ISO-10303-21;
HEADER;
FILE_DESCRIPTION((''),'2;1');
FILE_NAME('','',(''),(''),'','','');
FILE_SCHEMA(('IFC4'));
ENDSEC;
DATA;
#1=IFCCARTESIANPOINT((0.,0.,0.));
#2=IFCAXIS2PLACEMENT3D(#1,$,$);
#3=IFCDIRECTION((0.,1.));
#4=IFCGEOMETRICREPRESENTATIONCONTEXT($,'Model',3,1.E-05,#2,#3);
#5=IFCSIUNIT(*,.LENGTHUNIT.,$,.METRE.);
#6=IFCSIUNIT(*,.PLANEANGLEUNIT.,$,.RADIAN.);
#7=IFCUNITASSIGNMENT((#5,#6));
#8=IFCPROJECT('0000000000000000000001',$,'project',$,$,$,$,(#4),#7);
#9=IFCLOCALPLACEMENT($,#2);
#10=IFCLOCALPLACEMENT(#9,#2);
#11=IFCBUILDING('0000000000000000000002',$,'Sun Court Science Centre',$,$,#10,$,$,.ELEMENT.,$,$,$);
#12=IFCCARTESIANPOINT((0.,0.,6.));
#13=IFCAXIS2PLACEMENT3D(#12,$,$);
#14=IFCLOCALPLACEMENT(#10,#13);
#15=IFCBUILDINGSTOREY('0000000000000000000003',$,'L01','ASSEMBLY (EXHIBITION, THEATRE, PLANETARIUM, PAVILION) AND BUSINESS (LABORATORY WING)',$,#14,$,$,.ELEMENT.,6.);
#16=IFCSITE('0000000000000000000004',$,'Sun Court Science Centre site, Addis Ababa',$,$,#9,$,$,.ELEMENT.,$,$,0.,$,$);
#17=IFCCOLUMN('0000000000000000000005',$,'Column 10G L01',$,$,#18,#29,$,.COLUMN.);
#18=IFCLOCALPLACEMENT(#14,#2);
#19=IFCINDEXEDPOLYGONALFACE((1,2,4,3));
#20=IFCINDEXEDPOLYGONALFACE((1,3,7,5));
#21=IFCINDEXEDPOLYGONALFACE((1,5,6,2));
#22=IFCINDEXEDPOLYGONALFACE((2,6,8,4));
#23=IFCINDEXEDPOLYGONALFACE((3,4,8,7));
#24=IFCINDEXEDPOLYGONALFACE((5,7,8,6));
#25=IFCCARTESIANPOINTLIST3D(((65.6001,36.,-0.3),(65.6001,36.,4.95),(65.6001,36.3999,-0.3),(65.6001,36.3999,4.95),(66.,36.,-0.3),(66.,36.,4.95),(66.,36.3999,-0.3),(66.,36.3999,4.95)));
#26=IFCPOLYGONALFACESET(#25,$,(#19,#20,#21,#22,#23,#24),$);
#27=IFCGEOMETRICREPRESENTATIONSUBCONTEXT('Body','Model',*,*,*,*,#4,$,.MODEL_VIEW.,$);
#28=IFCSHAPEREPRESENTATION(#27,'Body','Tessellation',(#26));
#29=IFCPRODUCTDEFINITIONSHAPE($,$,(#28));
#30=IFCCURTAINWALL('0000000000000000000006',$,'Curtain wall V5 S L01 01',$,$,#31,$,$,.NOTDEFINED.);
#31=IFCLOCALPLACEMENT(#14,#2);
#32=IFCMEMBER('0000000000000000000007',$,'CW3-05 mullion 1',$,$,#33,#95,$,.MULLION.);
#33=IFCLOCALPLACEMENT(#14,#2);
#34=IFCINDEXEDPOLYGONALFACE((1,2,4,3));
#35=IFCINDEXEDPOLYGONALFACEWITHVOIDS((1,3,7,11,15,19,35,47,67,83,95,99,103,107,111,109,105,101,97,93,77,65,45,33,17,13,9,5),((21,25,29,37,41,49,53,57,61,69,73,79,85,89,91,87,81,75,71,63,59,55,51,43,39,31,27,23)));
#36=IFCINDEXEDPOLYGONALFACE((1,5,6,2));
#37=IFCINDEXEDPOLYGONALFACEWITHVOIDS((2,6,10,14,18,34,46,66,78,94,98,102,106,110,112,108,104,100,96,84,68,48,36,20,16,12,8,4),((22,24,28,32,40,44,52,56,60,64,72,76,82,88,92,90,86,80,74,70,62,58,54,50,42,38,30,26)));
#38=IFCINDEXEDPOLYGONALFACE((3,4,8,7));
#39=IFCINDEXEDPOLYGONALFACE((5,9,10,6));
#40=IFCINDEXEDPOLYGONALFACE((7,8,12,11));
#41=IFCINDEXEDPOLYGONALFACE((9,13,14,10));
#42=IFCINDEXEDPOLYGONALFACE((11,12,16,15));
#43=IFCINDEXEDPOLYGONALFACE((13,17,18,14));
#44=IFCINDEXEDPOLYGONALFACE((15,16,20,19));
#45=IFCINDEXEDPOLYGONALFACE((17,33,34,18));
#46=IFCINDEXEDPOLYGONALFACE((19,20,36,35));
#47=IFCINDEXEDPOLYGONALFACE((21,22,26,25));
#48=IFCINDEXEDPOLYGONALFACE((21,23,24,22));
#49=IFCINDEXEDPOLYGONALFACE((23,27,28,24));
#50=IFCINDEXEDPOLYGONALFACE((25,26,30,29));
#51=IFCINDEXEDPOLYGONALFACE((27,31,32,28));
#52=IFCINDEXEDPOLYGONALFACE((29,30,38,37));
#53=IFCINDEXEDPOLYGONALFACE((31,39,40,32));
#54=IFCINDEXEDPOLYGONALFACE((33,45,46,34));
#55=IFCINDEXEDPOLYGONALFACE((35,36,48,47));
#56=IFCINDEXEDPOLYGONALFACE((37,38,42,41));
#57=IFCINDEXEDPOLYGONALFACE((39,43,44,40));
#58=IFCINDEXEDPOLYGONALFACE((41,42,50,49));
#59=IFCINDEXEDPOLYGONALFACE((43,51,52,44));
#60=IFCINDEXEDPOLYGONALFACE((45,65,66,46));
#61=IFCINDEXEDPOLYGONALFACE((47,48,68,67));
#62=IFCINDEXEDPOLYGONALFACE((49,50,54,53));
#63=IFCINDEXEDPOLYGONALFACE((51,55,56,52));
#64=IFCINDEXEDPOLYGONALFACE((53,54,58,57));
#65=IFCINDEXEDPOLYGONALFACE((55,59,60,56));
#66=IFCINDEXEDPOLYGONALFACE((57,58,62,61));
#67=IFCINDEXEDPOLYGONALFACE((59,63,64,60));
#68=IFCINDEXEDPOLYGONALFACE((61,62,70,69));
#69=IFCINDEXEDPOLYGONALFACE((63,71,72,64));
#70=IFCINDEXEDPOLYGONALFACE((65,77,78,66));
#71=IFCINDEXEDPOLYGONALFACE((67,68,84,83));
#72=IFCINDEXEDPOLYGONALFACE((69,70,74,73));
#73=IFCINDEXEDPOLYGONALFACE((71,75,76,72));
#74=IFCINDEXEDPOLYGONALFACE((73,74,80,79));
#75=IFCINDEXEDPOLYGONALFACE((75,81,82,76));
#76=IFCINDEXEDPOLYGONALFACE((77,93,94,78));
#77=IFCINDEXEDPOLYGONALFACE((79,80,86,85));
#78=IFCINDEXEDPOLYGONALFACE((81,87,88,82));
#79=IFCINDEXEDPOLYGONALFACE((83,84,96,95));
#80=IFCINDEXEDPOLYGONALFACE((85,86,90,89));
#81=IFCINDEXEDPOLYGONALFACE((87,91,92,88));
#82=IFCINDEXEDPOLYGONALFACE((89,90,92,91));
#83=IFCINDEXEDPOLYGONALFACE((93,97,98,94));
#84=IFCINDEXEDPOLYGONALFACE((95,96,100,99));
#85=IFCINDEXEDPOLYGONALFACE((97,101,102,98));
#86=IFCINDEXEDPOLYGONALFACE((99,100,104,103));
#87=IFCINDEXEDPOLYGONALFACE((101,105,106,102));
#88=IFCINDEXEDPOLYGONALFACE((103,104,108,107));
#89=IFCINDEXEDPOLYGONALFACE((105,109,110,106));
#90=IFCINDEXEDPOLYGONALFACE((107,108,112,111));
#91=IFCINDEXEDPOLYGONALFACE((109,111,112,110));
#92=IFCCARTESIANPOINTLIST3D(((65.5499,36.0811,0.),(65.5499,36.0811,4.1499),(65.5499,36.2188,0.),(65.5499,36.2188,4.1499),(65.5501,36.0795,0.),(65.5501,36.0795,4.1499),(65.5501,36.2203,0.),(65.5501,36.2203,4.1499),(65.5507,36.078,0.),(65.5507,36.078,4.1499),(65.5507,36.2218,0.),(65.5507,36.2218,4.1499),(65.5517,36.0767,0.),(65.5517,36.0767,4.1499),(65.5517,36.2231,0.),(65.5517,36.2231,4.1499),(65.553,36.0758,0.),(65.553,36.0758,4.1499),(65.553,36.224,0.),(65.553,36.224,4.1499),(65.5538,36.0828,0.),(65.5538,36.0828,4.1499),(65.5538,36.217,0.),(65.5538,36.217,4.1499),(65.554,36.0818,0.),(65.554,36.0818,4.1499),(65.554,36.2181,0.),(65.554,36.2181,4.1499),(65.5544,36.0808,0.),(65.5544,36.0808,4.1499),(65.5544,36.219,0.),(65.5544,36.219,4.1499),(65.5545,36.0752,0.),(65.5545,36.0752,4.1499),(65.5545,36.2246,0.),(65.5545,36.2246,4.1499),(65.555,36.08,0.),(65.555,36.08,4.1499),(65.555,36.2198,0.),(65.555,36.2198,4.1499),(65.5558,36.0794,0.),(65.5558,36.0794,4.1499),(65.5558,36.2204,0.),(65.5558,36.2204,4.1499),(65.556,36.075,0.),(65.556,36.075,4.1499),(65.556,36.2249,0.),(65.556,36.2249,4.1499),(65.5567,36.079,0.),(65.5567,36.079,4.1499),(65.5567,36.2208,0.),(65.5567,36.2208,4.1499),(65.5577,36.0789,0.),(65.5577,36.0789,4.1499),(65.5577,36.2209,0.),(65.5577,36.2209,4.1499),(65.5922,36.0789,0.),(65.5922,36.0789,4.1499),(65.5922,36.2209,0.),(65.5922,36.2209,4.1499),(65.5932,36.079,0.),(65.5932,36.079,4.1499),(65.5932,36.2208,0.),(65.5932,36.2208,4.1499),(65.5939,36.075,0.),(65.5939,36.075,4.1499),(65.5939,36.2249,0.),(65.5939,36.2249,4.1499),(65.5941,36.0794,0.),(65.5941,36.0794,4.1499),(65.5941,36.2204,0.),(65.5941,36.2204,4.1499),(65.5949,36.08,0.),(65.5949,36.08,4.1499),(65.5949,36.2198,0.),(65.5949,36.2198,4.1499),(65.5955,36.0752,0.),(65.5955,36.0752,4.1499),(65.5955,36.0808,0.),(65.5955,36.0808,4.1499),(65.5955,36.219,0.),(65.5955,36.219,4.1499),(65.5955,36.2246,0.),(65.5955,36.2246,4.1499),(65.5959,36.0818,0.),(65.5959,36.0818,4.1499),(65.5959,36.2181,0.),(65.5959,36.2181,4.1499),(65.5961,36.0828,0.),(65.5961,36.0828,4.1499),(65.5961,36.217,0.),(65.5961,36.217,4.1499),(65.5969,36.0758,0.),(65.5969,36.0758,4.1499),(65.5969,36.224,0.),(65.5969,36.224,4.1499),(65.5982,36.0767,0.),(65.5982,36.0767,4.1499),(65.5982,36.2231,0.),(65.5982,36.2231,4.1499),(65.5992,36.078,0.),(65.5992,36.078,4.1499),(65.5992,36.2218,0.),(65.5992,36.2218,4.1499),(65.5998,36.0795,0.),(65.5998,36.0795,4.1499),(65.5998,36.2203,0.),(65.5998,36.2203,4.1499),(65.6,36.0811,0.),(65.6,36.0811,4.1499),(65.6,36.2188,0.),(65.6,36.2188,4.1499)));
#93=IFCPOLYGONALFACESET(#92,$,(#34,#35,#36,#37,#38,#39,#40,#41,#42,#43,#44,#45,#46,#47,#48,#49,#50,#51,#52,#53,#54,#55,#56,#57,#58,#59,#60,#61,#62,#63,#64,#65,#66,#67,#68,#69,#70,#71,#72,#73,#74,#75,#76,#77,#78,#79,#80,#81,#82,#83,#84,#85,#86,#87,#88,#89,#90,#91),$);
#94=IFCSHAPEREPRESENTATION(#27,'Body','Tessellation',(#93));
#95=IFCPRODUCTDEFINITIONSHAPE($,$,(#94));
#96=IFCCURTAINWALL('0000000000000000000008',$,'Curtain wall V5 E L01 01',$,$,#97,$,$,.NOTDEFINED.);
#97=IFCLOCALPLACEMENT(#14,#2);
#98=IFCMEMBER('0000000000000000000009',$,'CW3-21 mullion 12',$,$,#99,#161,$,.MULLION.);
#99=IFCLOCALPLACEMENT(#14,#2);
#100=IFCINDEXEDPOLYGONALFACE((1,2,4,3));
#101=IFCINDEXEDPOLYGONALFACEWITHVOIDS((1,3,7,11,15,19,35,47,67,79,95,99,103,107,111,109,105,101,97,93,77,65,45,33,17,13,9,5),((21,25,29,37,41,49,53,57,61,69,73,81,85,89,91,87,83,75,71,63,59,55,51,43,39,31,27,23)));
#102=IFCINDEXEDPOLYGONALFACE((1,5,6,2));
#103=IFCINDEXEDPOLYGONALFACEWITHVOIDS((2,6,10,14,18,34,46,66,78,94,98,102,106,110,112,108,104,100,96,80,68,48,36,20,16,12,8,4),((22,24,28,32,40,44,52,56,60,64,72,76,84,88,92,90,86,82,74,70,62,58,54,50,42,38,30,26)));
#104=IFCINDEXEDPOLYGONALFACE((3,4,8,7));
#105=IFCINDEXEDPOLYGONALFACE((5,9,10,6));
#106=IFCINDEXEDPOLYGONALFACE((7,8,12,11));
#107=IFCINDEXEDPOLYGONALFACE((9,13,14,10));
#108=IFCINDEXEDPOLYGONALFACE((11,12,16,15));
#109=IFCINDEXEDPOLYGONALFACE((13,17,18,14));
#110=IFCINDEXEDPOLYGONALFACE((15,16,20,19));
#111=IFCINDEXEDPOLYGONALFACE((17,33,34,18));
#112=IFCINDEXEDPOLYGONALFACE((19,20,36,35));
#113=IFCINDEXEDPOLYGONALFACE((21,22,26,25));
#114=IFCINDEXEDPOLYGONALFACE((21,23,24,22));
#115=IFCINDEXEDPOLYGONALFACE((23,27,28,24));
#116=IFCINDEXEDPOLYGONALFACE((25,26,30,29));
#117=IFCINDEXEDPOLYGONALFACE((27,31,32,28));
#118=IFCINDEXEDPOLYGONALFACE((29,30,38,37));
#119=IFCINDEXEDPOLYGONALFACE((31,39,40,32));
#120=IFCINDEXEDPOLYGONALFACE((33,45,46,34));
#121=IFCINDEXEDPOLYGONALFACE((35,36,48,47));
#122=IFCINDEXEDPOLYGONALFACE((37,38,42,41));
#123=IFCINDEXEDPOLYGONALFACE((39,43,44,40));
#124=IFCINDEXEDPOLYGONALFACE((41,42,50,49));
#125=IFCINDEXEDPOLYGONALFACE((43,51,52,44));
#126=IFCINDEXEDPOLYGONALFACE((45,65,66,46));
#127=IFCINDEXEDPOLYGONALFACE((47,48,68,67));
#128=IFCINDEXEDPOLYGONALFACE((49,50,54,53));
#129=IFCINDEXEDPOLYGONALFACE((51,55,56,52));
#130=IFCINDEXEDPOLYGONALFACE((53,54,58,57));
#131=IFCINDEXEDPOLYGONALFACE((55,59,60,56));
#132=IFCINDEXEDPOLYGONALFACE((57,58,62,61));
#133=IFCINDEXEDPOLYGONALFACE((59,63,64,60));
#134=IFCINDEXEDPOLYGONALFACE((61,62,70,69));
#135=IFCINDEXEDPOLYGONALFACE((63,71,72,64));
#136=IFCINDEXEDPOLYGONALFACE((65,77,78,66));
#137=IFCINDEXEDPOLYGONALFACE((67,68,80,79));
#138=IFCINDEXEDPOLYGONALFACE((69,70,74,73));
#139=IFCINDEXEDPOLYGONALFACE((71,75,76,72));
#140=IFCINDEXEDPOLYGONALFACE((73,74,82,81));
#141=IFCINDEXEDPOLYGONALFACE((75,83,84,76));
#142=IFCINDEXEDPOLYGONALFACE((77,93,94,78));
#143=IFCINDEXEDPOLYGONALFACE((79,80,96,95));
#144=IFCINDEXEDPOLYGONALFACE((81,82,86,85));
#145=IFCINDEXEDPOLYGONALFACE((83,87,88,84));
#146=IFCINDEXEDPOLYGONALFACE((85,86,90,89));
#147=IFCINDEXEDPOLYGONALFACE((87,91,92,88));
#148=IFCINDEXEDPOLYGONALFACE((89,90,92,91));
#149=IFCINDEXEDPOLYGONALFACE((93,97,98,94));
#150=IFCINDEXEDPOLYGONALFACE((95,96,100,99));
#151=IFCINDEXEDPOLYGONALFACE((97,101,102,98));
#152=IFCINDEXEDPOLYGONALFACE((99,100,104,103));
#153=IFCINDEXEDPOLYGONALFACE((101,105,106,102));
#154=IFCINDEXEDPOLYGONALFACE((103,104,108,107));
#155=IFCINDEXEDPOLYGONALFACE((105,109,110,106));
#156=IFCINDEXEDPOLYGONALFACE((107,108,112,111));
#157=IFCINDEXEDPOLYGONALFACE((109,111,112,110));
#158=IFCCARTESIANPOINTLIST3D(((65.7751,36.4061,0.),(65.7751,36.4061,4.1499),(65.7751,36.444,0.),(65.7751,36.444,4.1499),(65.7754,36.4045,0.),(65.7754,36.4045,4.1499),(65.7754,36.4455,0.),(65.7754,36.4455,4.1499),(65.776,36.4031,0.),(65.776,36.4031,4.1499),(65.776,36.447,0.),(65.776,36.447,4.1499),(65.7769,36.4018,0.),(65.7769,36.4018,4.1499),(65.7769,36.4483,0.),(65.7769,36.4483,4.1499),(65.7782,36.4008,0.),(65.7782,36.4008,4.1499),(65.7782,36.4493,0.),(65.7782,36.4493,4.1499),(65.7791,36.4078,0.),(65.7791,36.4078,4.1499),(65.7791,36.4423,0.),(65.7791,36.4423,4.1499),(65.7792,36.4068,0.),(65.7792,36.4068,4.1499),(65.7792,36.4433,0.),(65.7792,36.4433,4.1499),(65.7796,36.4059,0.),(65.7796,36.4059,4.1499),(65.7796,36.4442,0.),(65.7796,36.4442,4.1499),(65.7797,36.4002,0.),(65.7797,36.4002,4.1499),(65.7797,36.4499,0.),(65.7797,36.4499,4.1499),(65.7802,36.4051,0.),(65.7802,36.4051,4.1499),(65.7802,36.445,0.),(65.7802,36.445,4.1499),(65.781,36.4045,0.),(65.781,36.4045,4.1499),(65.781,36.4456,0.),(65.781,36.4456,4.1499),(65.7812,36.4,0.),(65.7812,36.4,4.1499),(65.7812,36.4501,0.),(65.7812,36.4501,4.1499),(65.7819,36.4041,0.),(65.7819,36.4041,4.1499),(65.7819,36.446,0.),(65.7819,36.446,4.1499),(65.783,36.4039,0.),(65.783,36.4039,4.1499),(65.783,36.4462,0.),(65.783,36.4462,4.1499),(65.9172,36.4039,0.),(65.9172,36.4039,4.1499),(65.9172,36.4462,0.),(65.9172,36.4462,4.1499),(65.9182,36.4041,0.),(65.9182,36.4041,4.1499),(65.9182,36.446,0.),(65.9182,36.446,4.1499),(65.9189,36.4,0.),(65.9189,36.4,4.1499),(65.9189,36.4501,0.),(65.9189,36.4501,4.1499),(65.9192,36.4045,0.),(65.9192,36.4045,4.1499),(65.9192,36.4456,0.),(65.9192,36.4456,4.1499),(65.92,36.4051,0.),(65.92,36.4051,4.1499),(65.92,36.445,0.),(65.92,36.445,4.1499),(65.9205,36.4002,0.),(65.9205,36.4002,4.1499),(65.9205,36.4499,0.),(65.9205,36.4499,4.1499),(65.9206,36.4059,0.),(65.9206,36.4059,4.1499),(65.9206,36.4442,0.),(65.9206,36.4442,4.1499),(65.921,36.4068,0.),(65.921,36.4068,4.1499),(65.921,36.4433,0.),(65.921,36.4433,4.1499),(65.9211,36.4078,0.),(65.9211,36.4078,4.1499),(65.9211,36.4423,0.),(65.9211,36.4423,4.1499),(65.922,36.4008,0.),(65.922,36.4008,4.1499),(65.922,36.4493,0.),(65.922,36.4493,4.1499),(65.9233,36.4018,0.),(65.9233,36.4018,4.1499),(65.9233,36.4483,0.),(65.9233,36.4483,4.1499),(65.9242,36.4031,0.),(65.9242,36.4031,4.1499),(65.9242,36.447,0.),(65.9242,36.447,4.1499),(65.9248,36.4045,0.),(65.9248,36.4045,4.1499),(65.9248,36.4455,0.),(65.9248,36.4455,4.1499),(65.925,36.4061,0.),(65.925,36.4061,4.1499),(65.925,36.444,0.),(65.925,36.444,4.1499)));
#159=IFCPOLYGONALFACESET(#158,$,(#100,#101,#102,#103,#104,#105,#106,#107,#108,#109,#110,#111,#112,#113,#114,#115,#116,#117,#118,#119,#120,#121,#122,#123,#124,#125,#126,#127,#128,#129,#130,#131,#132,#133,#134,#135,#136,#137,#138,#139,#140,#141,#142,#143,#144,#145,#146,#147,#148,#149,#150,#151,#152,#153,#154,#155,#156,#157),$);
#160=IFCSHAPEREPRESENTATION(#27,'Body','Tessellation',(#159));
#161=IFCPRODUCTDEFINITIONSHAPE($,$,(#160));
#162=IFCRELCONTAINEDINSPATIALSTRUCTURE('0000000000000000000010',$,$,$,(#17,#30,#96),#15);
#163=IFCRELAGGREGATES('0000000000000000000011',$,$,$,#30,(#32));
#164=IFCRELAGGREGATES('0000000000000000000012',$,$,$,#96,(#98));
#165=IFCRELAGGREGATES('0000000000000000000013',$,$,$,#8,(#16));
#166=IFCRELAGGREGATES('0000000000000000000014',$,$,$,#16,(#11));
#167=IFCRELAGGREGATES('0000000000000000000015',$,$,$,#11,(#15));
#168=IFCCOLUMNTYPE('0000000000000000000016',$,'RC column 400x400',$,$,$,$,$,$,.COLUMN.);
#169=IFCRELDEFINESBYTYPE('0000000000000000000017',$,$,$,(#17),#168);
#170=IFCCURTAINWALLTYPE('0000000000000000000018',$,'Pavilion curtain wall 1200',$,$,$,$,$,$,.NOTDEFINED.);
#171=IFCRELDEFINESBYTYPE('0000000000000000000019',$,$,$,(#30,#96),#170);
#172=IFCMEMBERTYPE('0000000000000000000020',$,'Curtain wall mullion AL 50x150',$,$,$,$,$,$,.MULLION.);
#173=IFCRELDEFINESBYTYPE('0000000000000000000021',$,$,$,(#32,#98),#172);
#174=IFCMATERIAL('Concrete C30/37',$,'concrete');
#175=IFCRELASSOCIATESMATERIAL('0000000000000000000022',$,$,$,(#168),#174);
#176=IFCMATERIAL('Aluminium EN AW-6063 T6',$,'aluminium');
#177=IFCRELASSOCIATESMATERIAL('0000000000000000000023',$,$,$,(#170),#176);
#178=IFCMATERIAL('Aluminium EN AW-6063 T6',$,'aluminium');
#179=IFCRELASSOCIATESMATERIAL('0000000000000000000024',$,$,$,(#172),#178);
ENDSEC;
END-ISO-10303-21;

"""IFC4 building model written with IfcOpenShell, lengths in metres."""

from ifc_helpers import new_model, si_unit, direction, frame, origin, origin_2d, place, context, subcontext, project, spatial, rectangle, hollow_rectangle, extrude, material, material_profile, profile_set, type_object, element, aggregate, save


model = new_model("IFC4")

# Units and contexts
model_context = context("Model", 3, precision=1e-05, world=origin(), true_north=direction((0.0, 1.0)))
body_context = subcontext(model_context, "Body", "Model", "MODEL_VIEW")
ifc_project = project(units=[si_unit("LENGTHUNIT", "METRE"), si_unit("PLANEANGLEUNIT", "RADIAN")], contexts=[model_context])

# Site, building, storey
site_placement = place(None, origin())
site = spatial("IfcSite", under=ifc_project, at=site_placement, Name="Sun Court Science Centre site, Addis Ababa", CompositionType="ELEMENT", RefElevation=0.0)
building_placement = place(site_placement, origin())
building = spatial("IfcBuilding", under=site, at=building_placement, Name="Sun Court Science Centre", CompositionType="ELEMENT")
storey_placement = place(building_placement, frame((0.0, 0.0, 6.0)))
storey = spatial("IfcBuildingStorey", under=building, at=storey_placement, Name="L01", Description="ASSEMBLY (EXHIBITION, THEATRE, PLANETARIUM, PAVILION) AND BUSINESS (LABORATORY WING)", CompositionType="ELEMENT", Elevation=6.0)

# Column
ifc_material_1 = material(Name="Concrete C30/37", Category="concrete")
ifc_material_profile_1 = material_profile(ifc_material_1, rectangle(XDim=0.3999, YDim=0.3999, at=origin_2d()), Name="RC 400x400")
ifc_profile_set_1 = profile_set([ifc_material_profile_1], Name="Concrete C30/37")
column_type = type_object("IfcColumnType", Name="RC column 400x400", PredefinedType="COLUMN", material=ifc_profile_set_1)
column_placement = place(storey_placement, frame((65.8, 36.2, -0.3), z_axis=(0.0, 0.0, 1.0), x_axis=(1.0, 0.0, 0.0)))
element("IfcColumn", 1, at=column_placement, inside=storey, type_object=column_type, Name="Column 10G L01", PredefinedType="COLUMN", context=body_context, shape_type="SweptSolid", body=[
    extrude(rectangle(XDim=0.3999, YDim=0.3999, at=origin_2d()), origin(), (0.0, 0.0, 1.0), 5.25),
])

# Curtain wall, member
ifc_material_2 = material(Name="Aluminium EN AW-6063 T6", Category="aluminium")
curtain_wall_type = type_object("IfcCurtainWallType", Name="Pavilion curtain wall 1200", PredefinedType="NOTDEFINED", material=ifc_material_2)
curtain_wall_1_placement = place(storey_placement, origin())
curtain_wall_1 = element("IfcCurtainWall", 2, at=curtain_wall_1_placement, inside=storey, type_object=curtain_wall_type, Name="Curtain wall V5 S L01 01", PredefinedType="NOTDEFINED")
ifc_material_3 = material(Name="Aluminium EN AW-6063 T6", Category="aluminium")
ifc_material_profile_2 = material_profile(ifc_material_3, hollow_rectangle(XDim=0.05, YDim=0.1499, WallThickness=0.0039, InnerFilletRadius=0.0039, OuterFilletRadius=0.0061, at=origin_2d()), Name="AL 50x150x4")
ifc_profile_set_2 = profile_set([ifc_material_profile_2], Name="Aluminium EN AW-6063 T6")
member_type_1 = type_object("IfcMemberType", Name="Curtain wall mullion AL 50x150", PredefinedType="MULLION", material=ifc_profile_set_2)
member_1_placement = place(storey_placement, frame((65.575, 36.1499, 0.0), z_axis=(0.0, 0.0, 1.0), x_axis=(-1.0, 0.0, 0.0)))
member_1 = element("IfcMember", 3, at=member_1_placement, type_object=member_type_1, Name="CW3-05 mullion 1", PredefinedType="MULLION", context=body_context, shape_type="SweptSolid", body=[
    extrude(hollow_rectangle(XDim=0.05, YDim=0.1499, WallThickness=0.0039, InnerFilletRadius=0.0039, OuterFilletRadius=0.0061, at=origin_2d()), origin(), (0.0, 0.0, 1.0), 4.1499),
])

# Curtain wall, member
curtain_wall_2_placement = place(storey_placement, origin())
curtain_wall_2 = element("IfcCurtainWall", 4, at=curtain_wall_2_placement, inside=storey, type_object=curtain_wall_type, Name="Curtain wall V5 E L01 01", PredefinedType="NOTDEFINED")
member_2_placement = place(storey_placement, frame((65.8501, 36.425, 0.0), z_axis=(0.0, 0.0, 1.0), x_axis=(0.0, -1.0, 0.0)))
member_2 = element("IfcMember", 5, at=member_2_placement, type_object=member_type_1, Name="CW3-21 mullion 12", PredefinedType="MULLION", context=body_context, shape_type="SweptSolid", body=[
    extrude(hollow_rectangle(XDim=0.05, YDim=0.1499, WallThickness=0.0039, InnerFilletRadius=0.0039, OuterFilletRadius=0.0061, at=origin_2d()), origin(), (0.0, 0.0, 1.0), 4.1499),
])

aggregate(curtain_wall_1, [member_1])
aggregate(curtain_wall_2, [member_2])

save(model, "model.ifc")
